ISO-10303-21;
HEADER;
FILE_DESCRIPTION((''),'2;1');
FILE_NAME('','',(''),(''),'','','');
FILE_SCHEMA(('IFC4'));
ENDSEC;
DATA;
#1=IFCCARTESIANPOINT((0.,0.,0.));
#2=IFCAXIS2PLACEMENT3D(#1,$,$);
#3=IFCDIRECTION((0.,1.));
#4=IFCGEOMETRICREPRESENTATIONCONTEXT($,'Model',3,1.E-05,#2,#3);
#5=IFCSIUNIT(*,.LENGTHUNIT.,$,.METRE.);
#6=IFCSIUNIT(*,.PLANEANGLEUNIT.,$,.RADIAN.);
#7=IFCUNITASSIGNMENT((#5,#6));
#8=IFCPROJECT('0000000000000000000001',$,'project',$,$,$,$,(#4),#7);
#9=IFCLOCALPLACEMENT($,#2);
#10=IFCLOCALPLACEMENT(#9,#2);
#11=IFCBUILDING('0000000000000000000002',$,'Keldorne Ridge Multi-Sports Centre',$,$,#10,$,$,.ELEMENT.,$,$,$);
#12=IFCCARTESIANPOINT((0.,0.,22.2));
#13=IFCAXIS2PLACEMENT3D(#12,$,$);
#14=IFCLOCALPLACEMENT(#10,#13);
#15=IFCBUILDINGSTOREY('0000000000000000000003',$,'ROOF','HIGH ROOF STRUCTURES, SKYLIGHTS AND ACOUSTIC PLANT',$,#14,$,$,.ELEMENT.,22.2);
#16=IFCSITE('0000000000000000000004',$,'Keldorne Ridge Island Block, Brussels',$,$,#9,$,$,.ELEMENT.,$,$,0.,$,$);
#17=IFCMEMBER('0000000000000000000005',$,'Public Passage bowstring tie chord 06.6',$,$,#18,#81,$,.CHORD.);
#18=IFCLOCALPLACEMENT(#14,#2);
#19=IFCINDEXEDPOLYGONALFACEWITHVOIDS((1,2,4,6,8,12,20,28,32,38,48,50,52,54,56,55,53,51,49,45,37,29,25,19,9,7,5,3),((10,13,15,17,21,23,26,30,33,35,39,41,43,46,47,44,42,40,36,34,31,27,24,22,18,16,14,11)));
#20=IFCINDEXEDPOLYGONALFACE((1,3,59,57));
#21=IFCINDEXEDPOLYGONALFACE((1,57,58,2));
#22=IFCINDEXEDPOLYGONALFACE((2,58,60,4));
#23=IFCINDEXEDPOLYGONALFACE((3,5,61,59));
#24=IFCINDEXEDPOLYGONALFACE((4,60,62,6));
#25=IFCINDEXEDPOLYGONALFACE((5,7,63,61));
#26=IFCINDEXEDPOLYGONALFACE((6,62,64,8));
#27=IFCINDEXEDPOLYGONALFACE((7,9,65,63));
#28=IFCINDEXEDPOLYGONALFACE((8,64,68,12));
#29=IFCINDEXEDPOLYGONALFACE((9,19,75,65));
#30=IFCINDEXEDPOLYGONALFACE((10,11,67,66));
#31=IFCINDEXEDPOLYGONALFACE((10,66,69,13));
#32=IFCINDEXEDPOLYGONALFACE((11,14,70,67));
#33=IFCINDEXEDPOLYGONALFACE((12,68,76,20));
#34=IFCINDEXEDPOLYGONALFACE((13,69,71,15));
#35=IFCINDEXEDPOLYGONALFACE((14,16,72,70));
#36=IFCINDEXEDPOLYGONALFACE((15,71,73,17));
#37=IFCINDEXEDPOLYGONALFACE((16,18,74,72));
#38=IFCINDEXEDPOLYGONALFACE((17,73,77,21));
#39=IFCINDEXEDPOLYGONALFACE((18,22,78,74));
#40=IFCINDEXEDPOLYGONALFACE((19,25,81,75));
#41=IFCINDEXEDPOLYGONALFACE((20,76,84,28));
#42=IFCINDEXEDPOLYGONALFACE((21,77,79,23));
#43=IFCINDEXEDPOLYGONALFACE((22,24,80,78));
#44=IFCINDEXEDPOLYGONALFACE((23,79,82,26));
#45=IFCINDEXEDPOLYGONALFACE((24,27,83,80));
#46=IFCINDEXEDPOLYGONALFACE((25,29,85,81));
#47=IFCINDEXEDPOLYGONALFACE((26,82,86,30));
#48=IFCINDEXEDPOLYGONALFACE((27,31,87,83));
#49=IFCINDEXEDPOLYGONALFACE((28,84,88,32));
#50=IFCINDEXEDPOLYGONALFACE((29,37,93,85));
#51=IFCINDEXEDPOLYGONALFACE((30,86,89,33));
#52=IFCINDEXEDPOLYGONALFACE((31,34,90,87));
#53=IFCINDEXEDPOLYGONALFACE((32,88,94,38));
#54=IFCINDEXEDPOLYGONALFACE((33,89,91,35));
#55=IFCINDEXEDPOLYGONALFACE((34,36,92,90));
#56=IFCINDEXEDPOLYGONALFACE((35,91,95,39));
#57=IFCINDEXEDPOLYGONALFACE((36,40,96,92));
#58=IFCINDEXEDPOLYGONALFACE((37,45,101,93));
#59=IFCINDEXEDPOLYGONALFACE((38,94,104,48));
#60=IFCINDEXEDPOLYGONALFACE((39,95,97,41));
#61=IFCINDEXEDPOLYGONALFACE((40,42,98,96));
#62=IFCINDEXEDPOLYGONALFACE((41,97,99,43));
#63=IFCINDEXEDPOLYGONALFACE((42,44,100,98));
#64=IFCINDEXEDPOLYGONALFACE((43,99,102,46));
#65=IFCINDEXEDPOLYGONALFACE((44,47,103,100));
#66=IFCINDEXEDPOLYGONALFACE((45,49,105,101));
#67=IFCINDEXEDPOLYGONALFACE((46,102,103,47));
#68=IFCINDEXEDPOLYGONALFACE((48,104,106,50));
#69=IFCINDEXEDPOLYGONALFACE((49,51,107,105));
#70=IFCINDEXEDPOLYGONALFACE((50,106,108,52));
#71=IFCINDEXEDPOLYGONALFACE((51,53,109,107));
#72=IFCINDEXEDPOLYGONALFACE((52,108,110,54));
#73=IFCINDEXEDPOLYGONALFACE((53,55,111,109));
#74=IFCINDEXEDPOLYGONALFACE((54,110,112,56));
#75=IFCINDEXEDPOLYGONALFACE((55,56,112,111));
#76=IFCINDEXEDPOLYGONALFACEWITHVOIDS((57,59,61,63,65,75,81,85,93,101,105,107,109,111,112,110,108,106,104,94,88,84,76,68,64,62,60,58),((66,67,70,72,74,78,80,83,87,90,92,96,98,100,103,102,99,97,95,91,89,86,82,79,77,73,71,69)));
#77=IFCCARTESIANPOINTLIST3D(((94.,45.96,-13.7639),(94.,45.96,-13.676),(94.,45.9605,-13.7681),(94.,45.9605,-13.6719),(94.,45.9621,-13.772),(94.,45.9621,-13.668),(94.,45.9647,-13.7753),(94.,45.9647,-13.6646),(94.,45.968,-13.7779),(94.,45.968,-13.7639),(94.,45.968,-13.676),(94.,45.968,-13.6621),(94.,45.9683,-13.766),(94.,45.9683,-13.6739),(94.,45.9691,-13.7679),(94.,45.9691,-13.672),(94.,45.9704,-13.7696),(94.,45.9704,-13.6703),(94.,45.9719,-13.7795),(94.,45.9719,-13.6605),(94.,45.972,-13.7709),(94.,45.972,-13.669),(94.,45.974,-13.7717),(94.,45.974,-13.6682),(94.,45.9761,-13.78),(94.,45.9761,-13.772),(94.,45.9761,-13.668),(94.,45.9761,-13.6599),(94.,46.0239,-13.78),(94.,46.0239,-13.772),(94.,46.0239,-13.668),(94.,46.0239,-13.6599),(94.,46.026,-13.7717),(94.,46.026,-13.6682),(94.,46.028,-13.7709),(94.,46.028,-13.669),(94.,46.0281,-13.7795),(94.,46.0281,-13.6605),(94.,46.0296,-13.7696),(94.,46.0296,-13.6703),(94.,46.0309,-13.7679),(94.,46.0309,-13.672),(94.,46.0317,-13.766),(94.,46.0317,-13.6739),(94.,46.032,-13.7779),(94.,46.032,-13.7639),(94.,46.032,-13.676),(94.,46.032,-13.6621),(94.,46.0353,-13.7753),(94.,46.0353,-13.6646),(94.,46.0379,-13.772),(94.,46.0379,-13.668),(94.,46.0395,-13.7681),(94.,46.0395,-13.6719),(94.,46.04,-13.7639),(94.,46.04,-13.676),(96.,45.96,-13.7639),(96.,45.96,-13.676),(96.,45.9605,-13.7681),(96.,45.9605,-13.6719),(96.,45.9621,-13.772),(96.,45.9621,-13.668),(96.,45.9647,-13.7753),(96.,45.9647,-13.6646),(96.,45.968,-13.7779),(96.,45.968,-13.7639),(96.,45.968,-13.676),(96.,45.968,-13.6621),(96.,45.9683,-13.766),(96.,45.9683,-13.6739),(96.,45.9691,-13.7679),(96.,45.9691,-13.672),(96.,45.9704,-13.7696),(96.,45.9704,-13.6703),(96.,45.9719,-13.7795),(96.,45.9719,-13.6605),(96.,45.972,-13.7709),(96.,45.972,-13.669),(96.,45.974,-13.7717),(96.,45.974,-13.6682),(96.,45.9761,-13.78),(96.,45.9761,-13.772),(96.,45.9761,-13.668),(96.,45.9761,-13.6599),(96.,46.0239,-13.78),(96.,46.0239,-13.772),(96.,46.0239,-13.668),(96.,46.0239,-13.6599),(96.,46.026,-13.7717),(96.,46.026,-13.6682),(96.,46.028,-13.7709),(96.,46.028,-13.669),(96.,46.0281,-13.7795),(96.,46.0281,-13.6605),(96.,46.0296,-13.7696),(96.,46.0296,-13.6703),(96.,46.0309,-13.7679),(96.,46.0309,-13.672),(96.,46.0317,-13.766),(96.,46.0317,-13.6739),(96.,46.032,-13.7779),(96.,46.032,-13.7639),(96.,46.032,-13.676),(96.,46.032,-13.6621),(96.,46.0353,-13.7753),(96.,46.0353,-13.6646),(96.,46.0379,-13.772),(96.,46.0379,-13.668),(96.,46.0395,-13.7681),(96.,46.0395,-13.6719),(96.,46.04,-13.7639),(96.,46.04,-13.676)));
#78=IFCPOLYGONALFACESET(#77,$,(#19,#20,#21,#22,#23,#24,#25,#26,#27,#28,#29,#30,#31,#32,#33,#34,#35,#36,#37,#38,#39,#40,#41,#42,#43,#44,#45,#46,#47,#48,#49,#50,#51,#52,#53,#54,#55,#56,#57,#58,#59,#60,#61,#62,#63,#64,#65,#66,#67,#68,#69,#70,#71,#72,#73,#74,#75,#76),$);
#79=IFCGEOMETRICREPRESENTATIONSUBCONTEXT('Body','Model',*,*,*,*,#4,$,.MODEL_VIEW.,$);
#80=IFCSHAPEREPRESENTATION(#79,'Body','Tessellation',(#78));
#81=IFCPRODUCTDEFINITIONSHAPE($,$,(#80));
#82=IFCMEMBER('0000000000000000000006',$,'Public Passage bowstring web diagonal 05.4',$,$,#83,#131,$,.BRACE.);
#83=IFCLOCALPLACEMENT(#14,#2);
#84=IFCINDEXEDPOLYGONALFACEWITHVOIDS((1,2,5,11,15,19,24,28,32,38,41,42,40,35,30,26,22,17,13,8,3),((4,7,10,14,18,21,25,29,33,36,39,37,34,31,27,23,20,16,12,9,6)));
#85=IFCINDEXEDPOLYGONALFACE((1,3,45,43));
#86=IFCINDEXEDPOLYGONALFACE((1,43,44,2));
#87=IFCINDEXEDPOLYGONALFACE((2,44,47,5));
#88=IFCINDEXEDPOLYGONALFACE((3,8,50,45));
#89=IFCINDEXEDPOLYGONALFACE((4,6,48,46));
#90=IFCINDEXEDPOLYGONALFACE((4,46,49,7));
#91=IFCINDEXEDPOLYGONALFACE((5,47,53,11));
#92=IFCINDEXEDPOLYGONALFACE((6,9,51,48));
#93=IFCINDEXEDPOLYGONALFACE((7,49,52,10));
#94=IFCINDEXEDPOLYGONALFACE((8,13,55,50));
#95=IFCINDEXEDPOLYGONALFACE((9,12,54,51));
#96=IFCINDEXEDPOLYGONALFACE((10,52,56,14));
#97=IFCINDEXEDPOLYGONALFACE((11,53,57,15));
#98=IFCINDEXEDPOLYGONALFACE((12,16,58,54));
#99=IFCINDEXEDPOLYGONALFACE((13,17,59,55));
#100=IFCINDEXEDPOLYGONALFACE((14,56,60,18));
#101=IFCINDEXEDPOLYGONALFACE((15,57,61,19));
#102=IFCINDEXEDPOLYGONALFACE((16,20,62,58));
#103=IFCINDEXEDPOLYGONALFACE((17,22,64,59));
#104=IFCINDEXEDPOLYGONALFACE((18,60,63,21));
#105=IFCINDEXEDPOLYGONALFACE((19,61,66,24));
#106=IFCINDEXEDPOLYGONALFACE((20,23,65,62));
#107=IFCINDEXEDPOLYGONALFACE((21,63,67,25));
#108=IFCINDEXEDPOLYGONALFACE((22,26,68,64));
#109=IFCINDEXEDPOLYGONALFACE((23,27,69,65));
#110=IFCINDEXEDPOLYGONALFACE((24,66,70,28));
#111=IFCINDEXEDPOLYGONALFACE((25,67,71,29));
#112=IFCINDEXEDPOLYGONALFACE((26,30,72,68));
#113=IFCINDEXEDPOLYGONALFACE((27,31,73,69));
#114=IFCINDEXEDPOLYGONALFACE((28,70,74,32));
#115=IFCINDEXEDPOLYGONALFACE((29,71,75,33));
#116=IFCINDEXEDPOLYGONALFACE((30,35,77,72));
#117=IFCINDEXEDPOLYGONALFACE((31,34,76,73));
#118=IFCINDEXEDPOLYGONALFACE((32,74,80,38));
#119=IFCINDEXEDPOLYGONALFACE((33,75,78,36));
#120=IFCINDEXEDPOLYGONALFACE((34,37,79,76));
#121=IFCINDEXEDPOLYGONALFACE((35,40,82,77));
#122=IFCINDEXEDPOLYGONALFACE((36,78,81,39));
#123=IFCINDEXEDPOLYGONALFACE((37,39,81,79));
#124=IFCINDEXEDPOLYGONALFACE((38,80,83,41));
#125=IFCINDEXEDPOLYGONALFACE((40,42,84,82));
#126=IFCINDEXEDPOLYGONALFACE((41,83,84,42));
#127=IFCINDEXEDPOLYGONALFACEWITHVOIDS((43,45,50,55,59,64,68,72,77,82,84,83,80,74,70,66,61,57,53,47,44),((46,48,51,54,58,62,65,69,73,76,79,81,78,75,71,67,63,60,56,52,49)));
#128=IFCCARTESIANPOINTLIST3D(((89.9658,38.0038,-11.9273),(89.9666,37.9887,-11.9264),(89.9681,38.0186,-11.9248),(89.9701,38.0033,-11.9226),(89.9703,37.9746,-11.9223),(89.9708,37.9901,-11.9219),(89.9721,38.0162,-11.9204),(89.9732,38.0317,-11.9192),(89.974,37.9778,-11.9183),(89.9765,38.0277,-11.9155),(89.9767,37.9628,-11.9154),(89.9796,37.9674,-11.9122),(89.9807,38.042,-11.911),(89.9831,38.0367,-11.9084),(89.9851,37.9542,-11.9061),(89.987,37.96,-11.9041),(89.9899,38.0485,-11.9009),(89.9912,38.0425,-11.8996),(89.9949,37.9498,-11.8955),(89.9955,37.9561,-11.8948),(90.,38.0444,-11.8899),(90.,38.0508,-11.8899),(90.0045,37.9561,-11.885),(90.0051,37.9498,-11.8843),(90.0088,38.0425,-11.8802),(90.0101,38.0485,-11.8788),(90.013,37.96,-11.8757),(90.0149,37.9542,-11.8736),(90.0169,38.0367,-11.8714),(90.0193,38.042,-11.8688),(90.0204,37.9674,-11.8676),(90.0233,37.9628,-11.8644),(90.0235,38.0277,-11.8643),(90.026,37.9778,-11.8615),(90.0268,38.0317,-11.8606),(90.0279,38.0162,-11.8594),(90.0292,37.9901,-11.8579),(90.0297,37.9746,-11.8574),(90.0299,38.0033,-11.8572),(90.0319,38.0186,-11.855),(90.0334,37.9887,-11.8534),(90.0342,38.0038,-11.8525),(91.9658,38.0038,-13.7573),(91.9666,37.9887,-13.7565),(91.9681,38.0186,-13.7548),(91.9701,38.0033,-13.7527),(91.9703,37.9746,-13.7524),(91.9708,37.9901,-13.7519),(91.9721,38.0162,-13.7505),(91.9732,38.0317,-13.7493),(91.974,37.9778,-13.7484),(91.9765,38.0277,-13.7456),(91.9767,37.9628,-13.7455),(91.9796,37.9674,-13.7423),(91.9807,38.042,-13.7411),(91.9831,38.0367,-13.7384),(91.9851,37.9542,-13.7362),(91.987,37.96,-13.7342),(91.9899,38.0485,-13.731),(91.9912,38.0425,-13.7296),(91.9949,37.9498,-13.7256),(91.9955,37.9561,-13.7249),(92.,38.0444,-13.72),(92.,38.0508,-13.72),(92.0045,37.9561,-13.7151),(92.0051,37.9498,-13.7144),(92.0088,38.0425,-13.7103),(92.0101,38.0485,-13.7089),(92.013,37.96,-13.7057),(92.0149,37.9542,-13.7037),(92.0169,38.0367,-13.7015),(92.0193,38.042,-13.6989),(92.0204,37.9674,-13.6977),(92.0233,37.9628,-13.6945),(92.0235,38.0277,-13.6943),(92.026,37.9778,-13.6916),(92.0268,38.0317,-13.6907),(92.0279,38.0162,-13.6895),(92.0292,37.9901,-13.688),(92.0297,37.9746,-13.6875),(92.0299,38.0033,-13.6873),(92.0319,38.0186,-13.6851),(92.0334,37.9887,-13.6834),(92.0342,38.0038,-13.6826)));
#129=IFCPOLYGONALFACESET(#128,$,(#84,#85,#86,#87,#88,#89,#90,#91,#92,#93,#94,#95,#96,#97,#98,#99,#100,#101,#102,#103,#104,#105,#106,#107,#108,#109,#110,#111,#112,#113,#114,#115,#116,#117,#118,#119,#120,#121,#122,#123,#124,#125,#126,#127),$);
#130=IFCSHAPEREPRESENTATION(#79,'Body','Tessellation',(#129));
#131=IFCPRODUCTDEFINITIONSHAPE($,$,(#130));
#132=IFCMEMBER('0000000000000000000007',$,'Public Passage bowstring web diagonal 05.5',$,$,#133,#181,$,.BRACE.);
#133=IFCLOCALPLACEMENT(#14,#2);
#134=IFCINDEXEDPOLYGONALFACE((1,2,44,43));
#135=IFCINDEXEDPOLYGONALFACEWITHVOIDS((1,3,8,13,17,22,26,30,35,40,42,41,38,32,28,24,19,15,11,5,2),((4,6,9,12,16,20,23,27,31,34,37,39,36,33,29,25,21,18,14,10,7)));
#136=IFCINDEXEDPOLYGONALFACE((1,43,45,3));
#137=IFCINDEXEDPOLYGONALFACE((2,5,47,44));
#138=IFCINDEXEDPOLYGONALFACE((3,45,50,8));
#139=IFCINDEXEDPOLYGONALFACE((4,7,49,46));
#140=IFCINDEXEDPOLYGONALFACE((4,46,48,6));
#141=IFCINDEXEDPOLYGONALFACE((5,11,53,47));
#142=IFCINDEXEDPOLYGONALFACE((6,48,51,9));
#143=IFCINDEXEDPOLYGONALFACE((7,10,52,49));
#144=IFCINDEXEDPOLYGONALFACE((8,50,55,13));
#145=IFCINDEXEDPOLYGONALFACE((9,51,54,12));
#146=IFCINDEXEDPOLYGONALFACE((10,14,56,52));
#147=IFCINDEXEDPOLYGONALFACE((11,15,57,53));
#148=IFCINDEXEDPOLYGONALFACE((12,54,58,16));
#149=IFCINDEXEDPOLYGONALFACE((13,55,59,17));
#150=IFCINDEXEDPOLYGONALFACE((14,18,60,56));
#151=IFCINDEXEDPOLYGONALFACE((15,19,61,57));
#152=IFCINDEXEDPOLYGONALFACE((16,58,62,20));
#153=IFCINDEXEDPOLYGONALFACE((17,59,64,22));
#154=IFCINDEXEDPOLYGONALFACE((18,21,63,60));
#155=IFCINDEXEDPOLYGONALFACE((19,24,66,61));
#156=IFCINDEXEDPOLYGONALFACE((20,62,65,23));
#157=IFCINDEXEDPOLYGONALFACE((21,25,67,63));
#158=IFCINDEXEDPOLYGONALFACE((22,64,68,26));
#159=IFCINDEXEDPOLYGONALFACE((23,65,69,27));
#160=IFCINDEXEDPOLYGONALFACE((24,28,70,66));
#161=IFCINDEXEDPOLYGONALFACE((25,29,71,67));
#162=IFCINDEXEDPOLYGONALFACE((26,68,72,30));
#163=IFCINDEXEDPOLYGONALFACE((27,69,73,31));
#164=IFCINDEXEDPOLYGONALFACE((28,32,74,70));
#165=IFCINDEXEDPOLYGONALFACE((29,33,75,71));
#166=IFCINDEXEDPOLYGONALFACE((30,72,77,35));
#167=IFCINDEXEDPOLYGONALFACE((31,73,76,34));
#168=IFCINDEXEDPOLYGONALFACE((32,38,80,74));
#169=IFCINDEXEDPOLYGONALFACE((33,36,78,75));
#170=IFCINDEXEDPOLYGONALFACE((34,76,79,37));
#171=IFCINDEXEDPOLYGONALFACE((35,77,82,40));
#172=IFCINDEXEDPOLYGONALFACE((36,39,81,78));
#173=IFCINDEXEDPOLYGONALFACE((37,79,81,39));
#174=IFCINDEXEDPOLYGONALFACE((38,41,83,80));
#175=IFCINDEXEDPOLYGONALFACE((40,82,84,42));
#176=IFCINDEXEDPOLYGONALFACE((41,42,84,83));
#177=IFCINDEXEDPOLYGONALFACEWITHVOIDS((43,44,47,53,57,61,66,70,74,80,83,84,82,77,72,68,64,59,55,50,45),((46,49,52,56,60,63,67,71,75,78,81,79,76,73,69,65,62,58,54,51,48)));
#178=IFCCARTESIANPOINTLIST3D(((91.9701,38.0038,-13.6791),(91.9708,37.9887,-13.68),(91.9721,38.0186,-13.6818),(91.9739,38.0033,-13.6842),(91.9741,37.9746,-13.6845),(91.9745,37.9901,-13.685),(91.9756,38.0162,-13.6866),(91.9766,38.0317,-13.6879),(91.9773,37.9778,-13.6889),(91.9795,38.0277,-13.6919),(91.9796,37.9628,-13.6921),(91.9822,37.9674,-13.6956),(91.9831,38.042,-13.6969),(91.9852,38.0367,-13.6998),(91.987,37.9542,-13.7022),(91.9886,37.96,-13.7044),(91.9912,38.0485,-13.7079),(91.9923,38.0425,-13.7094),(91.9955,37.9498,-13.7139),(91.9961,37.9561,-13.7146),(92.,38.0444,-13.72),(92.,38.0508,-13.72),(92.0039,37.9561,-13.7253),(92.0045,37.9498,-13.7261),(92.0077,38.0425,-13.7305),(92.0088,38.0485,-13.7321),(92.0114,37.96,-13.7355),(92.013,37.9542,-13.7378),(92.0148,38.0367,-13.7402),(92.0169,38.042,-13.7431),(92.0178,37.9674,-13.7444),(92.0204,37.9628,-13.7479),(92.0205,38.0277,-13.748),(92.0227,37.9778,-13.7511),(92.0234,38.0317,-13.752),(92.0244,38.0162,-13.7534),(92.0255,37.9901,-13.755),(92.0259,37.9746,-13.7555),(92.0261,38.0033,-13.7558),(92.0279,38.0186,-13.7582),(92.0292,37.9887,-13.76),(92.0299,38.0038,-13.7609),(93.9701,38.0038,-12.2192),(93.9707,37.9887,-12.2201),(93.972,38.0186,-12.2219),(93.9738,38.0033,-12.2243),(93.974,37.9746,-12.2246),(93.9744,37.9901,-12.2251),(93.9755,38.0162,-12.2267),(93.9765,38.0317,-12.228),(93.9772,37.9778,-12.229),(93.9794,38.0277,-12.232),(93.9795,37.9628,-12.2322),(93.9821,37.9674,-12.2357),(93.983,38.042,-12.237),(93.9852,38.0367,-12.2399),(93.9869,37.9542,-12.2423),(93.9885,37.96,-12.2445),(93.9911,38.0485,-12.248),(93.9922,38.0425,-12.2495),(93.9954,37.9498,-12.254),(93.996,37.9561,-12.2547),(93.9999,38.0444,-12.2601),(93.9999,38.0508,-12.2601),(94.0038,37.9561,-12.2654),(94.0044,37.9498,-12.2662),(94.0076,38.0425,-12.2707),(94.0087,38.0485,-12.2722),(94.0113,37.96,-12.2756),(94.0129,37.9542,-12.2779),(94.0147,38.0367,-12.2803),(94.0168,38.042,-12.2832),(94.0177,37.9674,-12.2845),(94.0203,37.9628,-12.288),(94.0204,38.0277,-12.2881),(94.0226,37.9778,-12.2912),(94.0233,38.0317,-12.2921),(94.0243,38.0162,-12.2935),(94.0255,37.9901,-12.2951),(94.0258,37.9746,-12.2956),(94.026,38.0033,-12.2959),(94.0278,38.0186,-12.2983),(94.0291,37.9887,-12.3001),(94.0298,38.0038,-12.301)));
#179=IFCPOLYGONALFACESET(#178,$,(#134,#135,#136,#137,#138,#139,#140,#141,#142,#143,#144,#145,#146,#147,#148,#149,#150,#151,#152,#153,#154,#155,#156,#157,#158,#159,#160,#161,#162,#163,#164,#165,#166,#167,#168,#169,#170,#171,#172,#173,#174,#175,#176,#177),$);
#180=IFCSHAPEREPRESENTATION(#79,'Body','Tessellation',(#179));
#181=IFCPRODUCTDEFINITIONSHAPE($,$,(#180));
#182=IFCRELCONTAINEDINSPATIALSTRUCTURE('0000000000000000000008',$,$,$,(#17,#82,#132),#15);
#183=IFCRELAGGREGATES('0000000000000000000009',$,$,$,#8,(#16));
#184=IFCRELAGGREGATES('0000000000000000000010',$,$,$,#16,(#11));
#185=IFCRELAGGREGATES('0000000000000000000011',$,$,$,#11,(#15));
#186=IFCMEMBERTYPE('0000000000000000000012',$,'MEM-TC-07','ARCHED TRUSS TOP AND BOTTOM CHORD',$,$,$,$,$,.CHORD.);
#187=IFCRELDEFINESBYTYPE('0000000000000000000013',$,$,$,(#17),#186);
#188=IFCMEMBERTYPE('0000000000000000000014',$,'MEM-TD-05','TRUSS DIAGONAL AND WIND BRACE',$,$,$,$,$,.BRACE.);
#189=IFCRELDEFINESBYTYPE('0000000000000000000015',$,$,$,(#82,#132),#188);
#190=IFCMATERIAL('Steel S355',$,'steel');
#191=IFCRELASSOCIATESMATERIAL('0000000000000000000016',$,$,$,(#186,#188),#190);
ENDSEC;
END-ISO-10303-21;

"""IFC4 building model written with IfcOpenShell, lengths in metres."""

from ifc_helpers import new_model, si_unit, direction, frame, origin, origin_2d, place, context, subcontext, project, spatial, hollow_rectangle, hollow_circle, extrude, material, material_profile, profile_set, type_object, element, save


model = new_model("IFC4")

# Units and contexts
model_context = context("Model", 3, precision=1e-05, world=origin(), true_north=direction((0.0, 1.0)))
body_context = subcontext(model_context, "Body", "Model", "MODEL_VIEW")
ifc_project = project(units=[si_unit("LENGTHUNIT", "METRE"), si_unit("PLANEANGLEUNIT", "RADIAN")], contexts=[model_context])

# Site, building, storey
site_placement = place(None, origin())
site = spatial("IfcSite", under=ifc_project, at=site_placement, Name="Keldorne Ridge Island Block, Brussels", CompositionType="ELEMENT", RefElevation=0.0)
building_placement = place(site_placement, origin())
building = spatial("IfcBuilding", under=site, at=building_placement, Name="Keldorne Ridge Multi-Sports Centre", CompositionType="ELEMENT")
storey_placement = place(building_placement, frame((0.0, 0.0, 22.2)))
storey = spatial("IfcBuildingStorey", under=building, at=storey_placement, Name="ROOF", Description="HIGH ROOF STRUCTURES, SKYLIGHTS AND ACOUSTIC PLANT", CompositionType="ELEMENT", Elevation=22.2)

# Members
ifc_material = material(Name="Steel S355", Category="steel")
ifc_material_profile_1 = material_profile(ifc_material, hollow_rectangle(XDim=0.0801, YDim=0.1201, WallThickness=0.0081, InnerFilletRadius=0.0081, OuterFilletRadius=0.0161, at=origin_2d()), Name="RHS 120x80x8")
ifc_profile_set_1 = profile_set([ifc_material_profile_1], Name="Steel S355")
member_type_1 = type_object("IfcMemberType", Name="MEM-TC-07", Description="ARCHED TRUSS TOP AND BOTTOM CHORD", PredefinedType="CHORD", material=ifc_profile_set_1)
for number, where, z_axis, x_axis, name in (
    (1, (94.0, 46.0, -13.72), (1.0, 0.0, 0.0), (0.0, 1.0, 0.0), "Public Passage bowstring tie chord 06.6"),
):
    element("IfcMember", number, at=place(storey_placement, frame(where, z_axis=z_axis, x_axis=x_axis)), inside=storey, type_object=member_type_1, Name=name, PredefinedType="CHORD", context=body_context, shape_type="SweptSolid", body=[
        extrude(hollow_rectangle(XDim=0.0801, YDim=0.1201, WallThickness=0.0081, InnerFilletRadius=0.0081, OuterFilletRadius=0.0161, at=origin_2d()), origin(), (0.0, 0.0, 1.0), 2.0),
    ])
ifc_material_profile_2 = material_profile(ifc_material, hollow_circle(Radius=0.0508, WallThickness=0.0063, at=origin_2d()), Name="CHS 101.6x6.3")
ifc_profile_set_2 = profile_set([ifc_material_profile_2], Name="Steel S355")
member_type_2 = type_object("IfcMemberType", Name="MEM-TD-05", Description="TRUSS DIAGONAL AND WIND BRACE", PredefinedType="BRACE", material=ifc_profile_set_2)
member_1_placement = place(storey_placement, frame((90.0, 38.0, -11.8899), z_axis=(0.737752, 0.0, -0.675072), x_axis=(0.0, 1.0, 0.0)))
element("IfcMember", 2, at=member_1_placement, inside=storey, type_object=member_type_2, Name="Public Passage bowstring web diagonal 05.4", PredefinedType="BRACE", context=body_context, shape_type="SweptSolid", body=[
    extrude(hollow_circle(Radius=0.0508, WallThickness=0.0063, at=origin_2d()), origin(), (0.0, 0.0, 1.0), 2.7109),
])
for number, where, z_axis, x_axis, name in (
    (3, (92.0, 38.0, -13.72), (0.807695, 0.0, 0.589601), (0.0, 1.0, 0.0), "Public Passage bowstring web diagonal 05.5"),
):
    element("IfcMember", number, at=place(storey_placement, frame(where, z_axis=z_axis, x_axis=x_axis)), inside=storey, type_object=member_type_2, Name=name, PredefinedType="BRACE", context=body_context, shape_type="SweptSolid", body=[
        extrude(hollow_circle(Radius=0.0508, WallThickness=0.0063, at=origin_2d()), origin(), (0.0, 0.0, 1.0), 2.4761),
    ])

save(model, "model.ifc")
